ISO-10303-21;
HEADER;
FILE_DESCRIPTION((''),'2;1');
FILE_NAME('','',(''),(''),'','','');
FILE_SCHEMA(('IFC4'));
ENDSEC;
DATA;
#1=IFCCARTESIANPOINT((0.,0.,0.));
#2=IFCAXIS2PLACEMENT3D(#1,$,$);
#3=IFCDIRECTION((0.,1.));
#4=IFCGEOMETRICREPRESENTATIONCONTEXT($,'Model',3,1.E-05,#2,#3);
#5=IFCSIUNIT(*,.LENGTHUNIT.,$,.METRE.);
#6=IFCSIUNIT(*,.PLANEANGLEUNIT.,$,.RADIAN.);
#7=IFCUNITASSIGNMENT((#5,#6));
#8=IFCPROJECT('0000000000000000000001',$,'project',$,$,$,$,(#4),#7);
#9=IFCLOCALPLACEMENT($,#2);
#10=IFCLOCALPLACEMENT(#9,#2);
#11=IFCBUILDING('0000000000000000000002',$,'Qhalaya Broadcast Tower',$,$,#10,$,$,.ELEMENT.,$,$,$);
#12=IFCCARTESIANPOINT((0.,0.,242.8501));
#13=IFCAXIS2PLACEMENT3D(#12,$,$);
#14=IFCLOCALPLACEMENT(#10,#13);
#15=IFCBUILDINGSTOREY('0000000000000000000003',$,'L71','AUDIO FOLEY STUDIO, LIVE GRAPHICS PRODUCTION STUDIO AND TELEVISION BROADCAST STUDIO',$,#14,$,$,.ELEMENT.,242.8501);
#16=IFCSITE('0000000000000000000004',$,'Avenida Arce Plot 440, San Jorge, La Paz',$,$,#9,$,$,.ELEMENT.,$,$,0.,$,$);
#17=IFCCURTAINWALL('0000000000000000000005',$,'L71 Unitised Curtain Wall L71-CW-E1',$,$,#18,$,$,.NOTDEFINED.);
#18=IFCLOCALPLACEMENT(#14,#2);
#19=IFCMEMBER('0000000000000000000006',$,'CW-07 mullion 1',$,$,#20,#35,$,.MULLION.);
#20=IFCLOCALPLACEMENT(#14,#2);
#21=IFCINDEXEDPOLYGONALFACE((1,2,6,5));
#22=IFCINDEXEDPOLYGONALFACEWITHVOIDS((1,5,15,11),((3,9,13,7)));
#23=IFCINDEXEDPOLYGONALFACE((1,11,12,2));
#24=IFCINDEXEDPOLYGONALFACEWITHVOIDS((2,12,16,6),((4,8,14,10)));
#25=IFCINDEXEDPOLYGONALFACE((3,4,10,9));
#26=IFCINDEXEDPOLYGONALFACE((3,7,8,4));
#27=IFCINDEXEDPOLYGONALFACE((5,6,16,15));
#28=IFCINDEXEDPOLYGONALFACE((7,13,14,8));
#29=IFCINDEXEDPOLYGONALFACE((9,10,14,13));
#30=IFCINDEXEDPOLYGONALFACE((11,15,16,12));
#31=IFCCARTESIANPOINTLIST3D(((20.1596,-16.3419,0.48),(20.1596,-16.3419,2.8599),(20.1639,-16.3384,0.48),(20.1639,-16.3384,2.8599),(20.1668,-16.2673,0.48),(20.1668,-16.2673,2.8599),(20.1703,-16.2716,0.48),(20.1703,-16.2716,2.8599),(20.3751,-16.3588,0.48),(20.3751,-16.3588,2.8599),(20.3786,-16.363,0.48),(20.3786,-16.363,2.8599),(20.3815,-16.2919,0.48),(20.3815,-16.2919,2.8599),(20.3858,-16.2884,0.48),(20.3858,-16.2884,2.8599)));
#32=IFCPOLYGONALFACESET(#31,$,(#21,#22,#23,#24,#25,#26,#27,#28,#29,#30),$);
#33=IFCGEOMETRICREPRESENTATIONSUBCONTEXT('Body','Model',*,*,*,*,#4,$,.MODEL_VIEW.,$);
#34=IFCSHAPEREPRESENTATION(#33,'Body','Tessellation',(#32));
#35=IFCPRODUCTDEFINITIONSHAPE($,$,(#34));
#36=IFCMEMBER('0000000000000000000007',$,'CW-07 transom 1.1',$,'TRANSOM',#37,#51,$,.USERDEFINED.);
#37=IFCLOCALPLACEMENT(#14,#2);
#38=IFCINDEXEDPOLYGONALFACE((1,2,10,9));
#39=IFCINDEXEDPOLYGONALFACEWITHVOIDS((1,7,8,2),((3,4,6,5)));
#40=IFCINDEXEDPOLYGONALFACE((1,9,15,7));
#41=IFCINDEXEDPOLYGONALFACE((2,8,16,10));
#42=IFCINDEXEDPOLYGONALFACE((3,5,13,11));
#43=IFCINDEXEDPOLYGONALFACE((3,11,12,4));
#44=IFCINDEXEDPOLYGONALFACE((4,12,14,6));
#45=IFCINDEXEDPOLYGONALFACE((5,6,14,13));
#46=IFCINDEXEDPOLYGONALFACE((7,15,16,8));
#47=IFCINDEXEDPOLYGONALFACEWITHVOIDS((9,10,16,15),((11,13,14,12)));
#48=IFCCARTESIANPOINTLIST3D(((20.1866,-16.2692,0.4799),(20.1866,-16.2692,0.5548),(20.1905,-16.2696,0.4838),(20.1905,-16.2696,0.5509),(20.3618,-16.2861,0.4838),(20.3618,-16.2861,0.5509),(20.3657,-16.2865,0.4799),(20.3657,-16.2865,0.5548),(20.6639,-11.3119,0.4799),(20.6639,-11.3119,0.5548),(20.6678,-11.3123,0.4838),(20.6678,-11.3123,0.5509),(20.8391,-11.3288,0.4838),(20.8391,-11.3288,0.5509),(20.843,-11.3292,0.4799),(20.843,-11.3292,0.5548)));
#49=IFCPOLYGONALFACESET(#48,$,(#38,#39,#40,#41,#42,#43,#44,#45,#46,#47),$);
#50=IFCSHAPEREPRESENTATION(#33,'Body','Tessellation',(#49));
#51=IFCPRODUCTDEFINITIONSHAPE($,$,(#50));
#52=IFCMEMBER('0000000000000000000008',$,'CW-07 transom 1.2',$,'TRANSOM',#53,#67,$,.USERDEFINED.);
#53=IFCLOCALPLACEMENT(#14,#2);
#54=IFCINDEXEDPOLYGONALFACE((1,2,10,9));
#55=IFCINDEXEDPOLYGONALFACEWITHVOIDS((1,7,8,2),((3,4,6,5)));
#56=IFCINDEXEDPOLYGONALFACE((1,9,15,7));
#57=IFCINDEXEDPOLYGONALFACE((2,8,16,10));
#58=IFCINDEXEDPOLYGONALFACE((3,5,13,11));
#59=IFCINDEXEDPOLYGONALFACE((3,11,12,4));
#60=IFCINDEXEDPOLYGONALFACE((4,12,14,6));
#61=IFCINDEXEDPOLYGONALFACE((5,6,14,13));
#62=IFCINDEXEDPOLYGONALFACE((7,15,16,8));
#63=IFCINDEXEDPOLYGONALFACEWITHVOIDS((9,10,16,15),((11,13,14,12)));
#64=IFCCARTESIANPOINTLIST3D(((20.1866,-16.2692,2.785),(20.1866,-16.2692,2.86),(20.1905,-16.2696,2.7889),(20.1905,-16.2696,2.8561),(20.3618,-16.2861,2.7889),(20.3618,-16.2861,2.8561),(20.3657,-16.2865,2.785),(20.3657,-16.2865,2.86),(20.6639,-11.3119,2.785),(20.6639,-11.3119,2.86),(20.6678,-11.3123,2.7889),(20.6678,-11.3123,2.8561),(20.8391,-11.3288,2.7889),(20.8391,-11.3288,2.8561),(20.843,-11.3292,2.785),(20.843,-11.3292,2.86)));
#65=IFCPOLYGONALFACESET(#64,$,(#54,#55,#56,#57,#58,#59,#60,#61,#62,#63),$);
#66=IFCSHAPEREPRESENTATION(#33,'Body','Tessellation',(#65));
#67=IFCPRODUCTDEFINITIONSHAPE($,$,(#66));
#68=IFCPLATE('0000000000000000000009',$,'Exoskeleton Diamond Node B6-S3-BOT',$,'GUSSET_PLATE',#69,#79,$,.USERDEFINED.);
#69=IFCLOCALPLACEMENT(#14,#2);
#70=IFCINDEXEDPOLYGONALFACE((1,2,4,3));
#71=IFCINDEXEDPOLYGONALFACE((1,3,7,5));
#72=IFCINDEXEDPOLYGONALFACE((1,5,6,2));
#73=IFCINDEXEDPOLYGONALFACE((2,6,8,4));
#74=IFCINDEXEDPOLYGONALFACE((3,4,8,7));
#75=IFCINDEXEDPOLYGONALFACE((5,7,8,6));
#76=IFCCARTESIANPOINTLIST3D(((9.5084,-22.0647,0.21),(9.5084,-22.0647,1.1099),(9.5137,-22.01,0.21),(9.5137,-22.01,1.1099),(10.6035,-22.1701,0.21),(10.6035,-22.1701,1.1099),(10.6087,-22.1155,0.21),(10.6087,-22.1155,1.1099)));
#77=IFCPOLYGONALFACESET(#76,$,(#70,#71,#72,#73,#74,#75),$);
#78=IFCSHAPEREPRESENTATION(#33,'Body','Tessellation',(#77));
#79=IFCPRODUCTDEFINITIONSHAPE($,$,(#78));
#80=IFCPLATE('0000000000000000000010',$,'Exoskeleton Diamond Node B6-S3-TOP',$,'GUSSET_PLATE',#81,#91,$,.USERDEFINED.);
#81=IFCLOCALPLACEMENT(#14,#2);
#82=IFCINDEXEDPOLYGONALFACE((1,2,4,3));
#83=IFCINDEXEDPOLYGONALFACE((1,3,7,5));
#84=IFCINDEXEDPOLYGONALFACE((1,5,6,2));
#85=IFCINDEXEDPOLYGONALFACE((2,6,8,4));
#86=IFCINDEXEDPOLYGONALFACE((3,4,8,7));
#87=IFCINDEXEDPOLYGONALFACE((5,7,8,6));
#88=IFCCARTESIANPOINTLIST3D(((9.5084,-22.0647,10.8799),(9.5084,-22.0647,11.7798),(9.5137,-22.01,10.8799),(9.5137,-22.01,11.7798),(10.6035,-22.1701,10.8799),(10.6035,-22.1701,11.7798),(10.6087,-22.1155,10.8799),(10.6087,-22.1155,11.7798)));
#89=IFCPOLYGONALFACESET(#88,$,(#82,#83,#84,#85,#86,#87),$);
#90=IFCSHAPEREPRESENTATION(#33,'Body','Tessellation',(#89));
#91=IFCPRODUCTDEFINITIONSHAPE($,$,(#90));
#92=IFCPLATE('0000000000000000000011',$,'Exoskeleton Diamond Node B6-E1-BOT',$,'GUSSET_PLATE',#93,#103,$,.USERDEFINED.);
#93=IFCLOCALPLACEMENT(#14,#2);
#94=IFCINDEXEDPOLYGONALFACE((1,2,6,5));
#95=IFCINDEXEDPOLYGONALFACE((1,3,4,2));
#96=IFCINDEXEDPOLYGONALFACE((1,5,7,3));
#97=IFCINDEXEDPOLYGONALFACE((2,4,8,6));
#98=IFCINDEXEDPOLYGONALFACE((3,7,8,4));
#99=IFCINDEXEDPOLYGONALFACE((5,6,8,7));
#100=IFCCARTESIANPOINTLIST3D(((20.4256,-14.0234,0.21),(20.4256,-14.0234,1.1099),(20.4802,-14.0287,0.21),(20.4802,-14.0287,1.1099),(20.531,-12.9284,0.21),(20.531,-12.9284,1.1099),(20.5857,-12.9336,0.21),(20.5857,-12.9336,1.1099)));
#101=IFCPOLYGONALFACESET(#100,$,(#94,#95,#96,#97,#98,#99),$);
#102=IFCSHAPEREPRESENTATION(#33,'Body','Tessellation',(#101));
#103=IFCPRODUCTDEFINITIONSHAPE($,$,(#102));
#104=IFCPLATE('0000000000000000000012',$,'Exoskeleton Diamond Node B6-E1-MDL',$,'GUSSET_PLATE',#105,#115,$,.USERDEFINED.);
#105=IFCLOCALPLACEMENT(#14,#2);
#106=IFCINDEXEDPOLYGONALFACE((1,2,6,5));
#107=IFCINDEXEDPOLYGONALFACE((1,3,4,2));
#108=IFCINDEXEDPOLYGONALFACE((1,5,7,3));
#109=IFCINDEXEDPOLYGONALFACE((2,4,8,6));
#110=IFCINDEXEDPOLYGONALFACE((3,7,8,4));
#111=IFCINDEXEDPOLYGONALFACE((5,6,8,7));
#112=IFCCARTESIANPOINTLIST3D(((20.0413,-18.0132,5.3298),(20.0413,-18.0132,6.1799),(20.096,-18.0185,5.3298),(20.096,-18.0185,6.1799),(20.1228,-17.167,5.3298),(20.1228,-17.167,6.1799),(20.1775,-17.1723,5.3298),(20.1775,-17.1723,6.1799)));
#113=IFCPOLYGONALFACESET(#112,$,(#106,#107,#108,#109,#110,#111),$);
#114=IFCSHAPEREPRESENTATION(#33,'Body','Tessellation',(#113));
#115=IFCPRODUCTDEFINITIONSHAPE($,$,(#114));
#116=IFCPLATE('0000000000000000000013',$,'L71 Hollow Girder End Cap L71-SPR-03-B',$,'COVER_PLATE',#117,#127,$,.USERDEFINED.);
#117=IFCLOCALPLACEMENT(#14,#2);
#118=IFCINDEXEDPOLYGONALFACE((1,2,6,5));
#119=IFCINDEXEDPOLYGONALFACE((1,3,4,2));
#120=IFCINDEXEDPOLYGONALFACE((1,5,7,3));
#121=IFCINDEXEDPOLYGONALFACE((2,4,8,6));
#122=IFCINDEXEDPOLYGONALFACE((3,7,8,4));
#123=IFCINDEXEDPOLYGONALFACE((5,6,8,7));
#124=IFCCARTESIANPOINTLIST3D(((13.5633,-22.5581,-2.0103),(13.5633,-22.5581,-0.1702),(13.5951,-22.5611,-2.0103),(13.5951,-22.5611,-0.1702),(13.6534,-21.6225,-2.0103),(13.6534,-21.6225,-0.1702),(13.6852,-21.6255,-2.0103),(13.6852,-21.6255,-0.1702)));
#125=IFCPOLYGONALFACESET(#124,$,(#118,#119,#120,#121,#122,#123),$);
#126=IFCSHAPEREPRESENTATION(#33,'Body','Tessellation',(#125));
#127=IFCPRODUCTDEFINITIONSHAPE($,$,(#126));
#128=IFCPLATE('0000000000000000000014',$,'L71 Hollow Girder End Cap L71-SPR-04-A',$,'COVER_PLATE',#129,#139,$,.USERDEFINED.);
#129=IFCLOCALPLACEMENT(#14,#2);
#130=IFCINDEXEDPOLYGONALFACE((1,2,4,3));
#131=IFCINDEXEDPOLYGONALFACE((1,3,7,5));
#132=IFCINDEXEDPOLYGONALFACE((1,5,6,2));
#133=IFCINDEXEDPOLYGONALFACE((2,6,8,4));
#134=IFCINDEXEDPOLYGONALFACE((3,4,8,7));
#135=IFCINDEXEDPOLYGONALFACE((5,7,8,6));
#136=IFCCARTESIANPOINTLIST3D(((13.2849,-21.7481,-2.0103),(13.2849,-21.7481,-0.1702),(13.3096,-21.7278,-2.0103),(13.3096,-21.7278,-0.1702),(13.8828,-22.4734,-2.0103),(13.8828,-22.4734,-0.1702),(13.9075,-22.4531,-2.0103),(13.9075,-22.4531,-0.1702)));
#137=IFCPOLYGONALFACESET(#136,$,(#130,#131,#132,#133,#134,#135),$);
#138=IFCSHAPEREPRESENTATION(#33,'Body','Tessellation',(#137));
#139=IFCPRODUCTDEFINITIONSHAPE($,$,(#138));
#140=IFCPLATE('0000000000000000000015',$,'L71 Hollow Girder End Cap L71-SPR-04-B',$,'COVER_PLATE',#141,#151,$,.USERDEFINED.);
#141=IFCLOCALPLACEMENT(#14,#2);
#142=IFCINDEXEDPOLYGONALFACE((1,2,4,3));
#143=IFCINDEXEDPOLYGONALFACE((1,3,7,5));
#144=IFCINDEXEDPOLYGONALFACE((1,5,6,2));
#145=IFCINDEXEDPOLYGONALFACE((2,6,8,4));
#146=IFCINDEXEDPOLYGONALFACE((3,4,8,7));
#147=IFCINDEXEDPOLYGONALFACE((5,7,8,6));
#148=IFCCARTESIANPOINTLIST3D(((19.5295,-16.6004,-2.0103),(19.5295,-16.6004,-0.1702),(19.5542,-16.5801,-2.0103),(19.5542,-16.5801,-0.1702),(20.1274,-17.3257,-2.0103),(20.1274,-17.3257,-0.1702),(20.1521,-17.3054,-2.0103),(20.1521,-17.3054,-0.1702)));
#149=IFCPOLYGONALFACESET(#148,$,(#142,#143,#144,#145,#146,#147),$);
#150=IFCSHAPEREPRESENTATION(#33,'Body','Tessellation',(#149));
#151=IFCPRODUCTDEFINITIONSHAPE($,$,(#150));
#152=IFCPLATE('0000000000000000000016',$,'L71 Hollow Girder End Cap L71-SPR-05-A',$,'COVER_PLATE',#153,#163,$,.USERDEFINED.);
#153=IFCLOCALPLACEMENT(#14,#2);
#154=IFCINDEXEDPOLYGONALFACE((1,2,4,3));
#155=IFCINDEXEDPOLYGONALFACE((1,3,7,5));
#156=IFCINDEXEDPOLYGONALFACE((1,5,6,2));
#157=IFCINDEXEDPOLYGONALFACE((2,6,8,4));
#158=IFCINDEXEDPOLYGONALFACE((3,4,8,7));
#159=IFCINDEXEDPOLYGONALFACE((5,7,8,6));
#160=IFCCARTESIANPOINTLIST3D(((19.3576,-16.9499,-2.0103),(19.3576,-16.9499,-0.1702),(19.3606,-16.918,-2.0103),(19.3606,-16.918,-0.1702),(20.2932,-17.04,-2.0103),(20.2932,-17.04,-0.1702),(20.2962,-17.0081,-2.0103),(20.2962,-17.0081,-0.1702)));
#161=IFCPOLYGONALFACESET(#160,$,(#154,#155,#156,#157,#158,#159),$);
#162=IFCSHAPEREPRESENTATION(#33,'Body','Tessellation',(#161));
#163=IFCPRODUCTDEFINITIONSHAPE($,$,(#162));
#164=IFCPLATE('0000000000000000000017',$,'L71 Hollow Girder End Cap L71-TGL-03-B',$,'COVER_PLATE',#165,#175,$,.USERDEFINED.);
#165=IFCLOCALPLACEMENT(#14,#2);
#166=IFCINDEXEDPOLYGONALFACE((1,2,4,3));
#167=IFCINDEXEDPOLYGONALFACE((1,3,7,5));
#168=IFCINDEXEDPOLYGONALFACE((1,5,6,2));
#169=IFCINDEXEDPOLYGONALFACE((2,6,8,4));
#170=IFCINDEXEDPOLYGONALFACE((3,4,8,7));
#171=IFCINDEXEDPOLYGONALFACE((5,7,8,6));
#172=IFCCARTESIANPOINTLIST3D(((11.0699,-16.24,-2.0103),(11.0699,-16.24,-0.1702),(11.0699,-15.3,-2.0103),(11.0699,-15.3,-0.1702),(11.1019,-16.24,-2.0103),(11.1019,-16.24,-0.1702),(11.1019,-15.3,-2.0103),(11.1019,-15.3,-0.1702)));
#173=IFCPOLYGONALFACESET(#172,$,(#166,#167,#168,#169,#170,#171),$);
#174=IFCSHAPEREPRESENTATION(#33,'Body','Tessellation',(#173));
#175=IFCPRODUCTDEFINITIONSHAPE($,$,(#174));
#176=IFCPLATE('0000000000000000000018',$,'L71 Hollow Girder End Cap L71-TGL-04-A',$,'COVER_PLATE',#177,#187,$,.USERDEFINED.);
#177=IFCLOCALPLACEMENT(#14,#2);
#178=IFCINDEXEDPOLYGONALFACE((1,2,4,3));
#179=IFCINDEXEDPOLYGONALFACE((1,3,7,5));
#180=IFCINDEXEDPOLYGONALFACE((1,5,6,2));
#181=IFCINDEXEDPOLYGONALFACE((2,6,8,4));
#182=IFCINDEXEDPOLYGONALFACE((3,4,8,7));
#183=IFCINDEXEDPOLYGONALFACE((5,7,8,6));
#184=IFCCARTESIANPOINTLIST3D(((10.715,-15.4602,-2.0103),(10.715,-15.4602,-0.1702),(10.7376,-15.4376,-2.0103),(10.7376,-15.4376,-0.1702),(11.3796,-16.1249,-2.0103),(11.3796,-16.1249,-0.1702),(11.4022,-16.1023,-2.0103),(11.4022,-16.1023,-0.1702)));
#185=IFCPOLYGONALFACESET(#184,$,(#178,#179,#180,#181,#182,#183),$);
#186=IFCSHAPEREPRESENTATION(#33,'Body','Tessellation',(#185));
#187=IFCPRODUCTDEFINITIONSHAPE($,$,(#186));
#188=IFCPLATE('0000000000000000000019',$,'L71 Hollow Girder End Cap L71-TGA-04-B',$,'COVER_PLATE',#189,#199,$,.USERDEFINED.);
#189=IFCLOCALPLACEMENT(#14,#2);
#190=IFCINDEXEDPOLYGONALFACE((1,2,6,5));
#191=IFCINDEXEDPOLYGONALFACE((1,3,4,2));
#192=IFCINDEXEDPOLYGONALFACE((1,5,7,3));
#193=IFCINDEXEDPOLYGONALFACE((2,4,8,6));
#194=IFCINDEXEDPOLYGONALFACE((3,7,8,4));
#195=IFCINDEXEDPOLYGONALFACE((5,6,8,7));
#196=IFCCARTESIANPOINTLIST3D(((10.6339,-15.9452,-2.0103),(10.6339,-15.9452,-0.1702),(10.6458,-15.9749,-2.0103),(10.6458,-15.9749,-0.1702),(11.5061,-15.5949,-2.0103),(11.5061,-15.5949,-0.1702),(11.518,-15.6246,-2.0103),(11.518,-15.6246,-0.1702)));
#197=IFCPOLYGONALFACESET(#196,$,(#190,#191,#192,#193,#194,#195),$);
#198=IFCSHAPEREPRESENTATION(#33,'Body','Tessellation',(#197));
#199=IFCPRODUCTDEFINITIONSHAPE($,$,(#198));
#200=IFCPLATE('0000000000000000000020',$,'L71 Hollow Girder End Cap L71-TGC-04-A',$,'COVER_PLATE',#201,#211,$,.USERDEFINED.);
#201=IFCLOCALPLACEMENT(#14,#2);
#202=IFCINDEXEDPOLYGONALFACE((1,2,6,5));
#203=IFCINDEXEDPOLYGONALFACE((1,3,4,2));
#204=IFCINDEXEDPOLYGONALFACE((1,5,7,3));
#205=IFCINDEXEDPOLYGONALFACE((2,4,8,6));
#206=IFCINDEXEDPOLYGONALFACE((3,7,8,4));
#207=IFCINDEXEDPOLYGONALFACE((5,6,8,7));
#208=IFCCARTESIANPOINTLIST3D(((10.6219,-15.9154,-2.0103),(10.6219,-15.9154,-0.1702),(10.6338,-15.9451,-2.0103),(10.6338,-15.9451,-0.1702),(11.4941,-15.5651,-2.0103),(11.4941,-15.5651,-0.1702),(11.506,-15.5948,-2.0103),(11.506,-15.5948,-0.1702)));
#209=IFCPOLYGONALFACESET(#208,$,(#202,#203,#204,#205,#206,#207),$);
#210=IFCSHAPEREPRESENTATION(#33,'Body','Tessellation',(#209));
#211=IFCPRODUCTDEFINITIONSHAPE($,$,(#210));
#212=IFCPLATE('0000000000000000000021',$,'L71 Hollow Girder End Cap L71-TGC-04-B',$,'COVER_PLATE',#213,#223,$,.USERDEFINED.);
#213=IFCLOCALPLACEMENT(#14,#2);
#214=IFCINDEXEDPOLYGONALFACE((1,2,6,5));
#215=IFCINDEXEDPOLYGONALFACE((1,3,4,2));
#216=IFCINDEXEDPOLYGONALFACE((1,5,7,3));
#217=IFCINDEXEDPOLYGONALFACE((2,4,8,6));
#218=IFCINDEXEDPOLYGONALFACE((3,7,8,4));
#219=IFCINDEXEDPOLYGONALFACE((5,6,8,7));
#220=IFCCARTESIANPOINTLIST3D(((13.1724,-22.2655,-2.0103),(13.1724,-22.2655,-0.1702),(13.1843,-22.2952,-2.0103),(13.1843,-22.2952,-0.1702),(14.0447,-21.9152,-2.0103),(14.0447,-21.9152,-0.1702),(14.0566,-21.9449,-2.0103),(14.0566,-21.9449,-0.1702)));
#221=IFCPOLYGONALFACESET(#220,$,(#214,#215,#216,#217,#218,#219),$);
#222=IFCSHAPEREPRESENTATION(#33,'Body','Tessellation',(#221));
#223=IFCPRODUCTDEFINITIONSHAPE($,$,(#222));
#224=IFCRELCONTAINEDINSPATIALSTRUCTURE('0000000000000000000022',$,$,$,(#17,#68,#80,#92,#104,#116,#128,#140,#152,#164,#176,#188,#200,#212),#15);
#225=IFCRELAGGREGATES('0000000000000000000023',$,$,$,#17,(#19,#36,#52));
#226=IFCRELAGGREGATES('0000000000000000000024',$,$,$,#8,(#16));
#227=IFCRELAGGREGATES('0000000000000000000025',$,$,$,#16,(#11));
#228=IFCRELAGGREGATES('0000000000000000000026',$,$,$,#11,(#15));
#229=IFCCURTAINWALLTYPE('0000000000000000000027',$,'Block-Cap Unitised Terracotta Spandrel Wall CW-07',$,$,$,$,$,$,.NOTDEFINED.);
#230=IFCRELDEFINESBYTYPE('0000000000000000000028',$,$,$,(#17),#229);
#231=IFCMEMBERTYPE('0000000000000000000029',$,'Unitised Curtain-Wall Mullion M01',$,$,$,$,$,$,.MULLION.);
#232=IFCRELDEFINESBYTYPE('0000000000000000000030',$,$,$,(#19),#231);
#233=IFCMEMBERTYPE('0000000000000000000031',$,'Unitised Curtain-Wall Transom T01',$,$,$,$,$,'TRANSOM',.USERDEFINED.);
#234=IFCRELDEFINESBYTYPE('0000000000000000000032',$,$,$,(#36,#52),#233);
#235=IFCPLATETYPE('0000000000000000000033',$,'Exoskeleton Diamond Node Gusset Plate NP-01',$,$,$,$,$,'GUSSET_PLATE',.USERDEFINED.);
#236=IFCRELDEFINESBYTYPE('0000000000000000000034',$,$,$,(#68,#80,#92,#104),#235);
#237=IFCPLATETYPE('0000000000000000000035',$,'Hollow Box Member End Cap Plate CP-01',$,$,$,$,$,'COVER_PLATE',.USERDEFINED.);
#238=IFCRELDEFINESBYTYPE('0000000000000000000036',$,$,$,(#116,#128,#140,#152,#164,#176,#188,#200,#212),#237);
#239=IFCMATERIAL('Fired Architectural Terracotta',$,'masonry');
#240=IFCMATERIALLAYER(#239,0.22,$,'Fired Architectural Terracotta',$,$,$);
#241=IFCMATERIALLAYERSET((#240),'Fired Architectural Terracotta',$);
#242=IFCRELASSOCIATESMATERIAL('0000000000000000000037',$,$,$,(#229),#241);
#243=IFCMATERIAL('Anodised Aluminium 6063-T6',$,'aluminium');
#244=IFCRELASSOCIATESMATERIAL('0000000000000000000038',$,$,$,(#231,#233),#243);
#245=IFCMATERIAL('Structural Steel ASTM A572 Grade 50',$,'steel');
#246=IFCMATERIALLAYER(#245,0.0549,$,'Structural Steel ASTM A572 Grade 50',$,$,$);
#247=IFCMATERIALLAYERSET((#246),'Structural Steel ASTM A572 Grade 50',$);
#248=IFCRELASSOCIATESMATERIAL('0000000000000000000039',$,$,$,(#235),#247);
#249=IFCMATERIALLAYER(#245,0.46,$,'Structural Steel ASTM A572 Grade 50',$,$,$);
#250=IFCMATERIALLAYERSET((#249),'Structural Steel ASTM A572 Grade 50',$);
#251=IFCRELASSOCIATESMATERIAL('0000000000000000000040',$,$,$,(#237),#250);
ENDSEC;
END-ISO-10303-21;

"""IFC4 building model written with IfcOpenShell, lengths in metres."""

from ifc_helpers import new_model, si_unit, direction, frame, origin, origin_2d, place, context, subcontext, project, spatial, rectangle, hollow_rectangle, extrude, material, layer, layer_set, material_profile, profile_set, type_object, element, aggregate, save


model = new_model("IFC4")

# Units and contexts
model_context = context("Model", 3, precision=1e-05, world=origin(), true_north=direction((0.0, 1.0)))
body_context = subcontext(model_context, "Body", "Model", "MODEL_VIEW")
ifc_project = project(units=[si_unit("LENGTHUNIT", "METRE"), si_unit("PLANEANGLEUNIT", "RADIAN")], contexts=[model_context])

# Site, building, storey
site_placement = place(None, origin())
site = spatial("IfcSite", under=ifc_project, at=site_placement, Name="Avenida Arce Plot 440, San Jorge, La Paz", CompositionType="ELEMENT", RefElevation=0.0)
building_placement = place(site_placement, origin())
building = spatial("IfcBuilding", under=site, at=building_placement, Name="Qhalaya Broadcast Tower", CompositionType="ELEMENT")
storey_placement = place(building_placement, frame((0.0, 0.0, 242.8501)))
storey = spatial("IfcBuildingStorey", under=building, at=storey_placement, Name="L71", Description="AUDIO FOLEY STUDIO, LIVE GRAPHICS PRODUCTION STUDIO AND TELEVISION BROADCAST STUDIO", CompositionType="ELEMENT", Elevation=242.8501)

# Shared definitions
ifc_material_1 = material(Name="Structural Steel ASTM A572 Grade 50", Category="steel")

# Shared definitions
ifc_material_2 = material(Name="Fired Architectural Terracotta", Category="masonry")
ifc_layer_1 = layer(ifc_material_2, 0.22, Name="Fired Architectural Terracotta")
ifc_layer_set_1 = layer_set([ifc_layer_1], Name="Fired Architectural Terracotta")
curtain_wall_type = type_object("IfcCurtainWallType", Name="Block-Cap Unitised Terracotta Spandrel Wall CW-07", PredefinedType="NOTDEFINED", material=ifc_layer_set_1)
ifc_material_3 = material(Name="Anodised Aluminium 6063-T6", Category="aluminium")
ifc_material_profile_1 = material_profile(ifc_material_3, hollow_rectangle(XDim=0.075, YDim=0.22, WallThickness=0.0039, at=origin_2d()), Name="ALU-MUL 75x220x4")
ifc_profile_set_1 = profile_set([ifc_material_profile_1], Name="Anodised Aluminium 6063-T6")
member_type_1 = type_object("IfcMemberType", Name="Unitised Curtain-Wall Mullion M01", PredefinedType="MULLION", material=ifc_profile_set_1)

# Curtain wall, members
curtain_wall_1_placement = place(storey_placement, origin())
curtain_wall_1 = element("IfcCurtainWall", 1, at=curtain_wall_1_placement, inside=storey, type_object=curtain_wall_type, Name="L71 Unitised Curtain Wall L71-CW-E1", PredefinedType="NOTDEFINED")
member_1_placement = place(storey_placement, frame((20.2727, -16.3152, 0.48), z_axis=(0.0, 0.0, 1.0), x_axis=(0.095848, 0.995396, 0.0)))
member_1 = element("IfcMember", 2, at=member_1_placement, type_object=member_type_1, Name="CW-07 mullion 1", PredefinedType="MULLION", context=body_context, shape_type="SweptSolid", body=[
    extrude(hollow_rectangle(XDim=0.075, YDim=0.22, WallThickness=0.0039, at=origin_2d()), origin(), (0.0, 0.0, 1.0), 2.3799),
])
ifc_material_profile_2 = material_profile(ifc_material_3, hollow_rectangle(XDim=0.075, YDim=0.1799, WallThickness=0.0039, at=origin_2d()), Name="ALU-TRN 75x180x4")
ifc_profile_set_2 = profile_set([ifc_material_profile_2], Name="Anodised Aluminium 6063-T6")
member_type_2 = type_object("IfcMemberType", Name="Unitised Curtain-Wall Transom T01", ElementType="TRANSOM", PredefinedType="USERDEFINED", material=ifc_profile_set_2)
member_2_placement = place(storey_placement, frame((20.2761, -16.2778, 0.5173), z_axis=(0.095839, 0.995397, 0.0), x_axis=(0.0, 0.0, 1.0)))
member_2 = element("IfcMember", 3, at=member_2_placement, type_object=member_type_2, Name="CW-07 transom 1.1", ObjectType="TRANSOM", PredefinedType="USERDEFINED", context=body_context, shape_type="SweptSolid", body=[
    extrude(hollow_rectangle(XDim=0.075, YDim=0.1799, WallThickness=0.0039, at=origin_2d()), origin(), (0.0, 0.0, 1.0), 4.9802),
])
member_3_placement = place(storey_placement, frame((20.2761, -16.2778, 2.8225), z_axis=(0.095839, 0.995397, 0.0), x_axis=(0.0, 0.0, 1.0)))
member_3 = element("IfcMember", 4, at=member_3_placement, type_object=member_type_2, Name="CW-07 transom 1.2", ObjectType="TRANSOM", PredefinedType="USERDEFINED", context=body_context, shape_type="SweptSolid", body=[
    extrude(hollow_rectangle(XDim=0.075, YDim=0.1799, WallThickness=0.0039, at=origin_2d()), origin(), (0.0, 0.0, 1.0), 4.9802),
])

# Plates
ifc_layer_2 = layer(ifc_material_1, 0.0549, Name="Structural Steel ASTM A572 Grade 50")
ifc_layer_set_2 = layer_set([ifc_layer_2], Name="Structural Steel ASTM A572 Grade 50")
plate_type_1 = type_object("IfcPlateType", Name="Exoskeleton Diamond Node Gusset Plate NP-01", ElementType="GUSSET_PLATE", PredefinedType="USERDEFINED", material=ifc_layer_set_2)
for number, where, z_axis, x_axis, name in (
    (5, (10.0586, -22.0901, 0.21), (0.0, 0.0, 1.0), (0.995396, -0.095846, 0.0), "Exoskeleton Diamond Node B6-S3-BOT"),
    (6, (10.0586, -22.0901, 10.8799), (0.0, 0.0, 1.0), (0.995396, -0.095846, 0.0), "Exoskeleton Diamond Node B6-S3-TOP"),
    (7, (20.5056, -13.4785, 0.21), (0.0, 0.0, 1.0), (0.095846, 0.995396, 0.0), "Exoskeleton Diamond Node B6-E1-BOT"),
):
    element("IfcPlate", number, at=place(storey_placement, frame(where, z_axis=z_axis, x_axis=x_axis)), inside=storey, type_object=plate_type_1, Name=name, ObjectType="GUSSET_PLATE", PredefinedType="USERDEFINED", context=body_context, shape_type="SweptSolid", body=[
        extrude(rectangle(XDim=1.1001, YDim=0.0549, at=origin_2d()), origin(), (0.0, 0.0, 1.0), 0.8999),
    ])
plate_1_placement = place(storey_placement, frame((20.1094, -17.5928, 5.3298), z_axis=(0.0, 0.0, 1.0), x_axis=(0.095846, 0.995396, 0.0)))
element("IfcPlate", 8, at=plate_1_placement, inside=storey, type_object=plate_type_1, Name="Exoskeleton Diamond Node B6-E1-MDL", ObjectType="GUSSET_PLATE", PredefinedType="USERDEFINED", context=body_context, shape_type="SweptSolid", body=[
    extrude(rectangle(XDim=0.8501, YDim=0.0549, at=origin_2d()), origin(), (0.0, 0.0, 1.0), 0.8501),
])
ifc_layer_3 = layer(ifc_material_1, 0.46, Name="Structural Steel ASTM A572 Grade 50")
ifc_layer_set_3 = layer_set([ifc_layer_3], Name="Structural Steel ASTM A572 Grade 50")
plate_type_2 = type_object("IfcPlateType", Name="Hollow Box Member End Cap Plate CP-01", ElementType="COVER_PLATE", PredefinedType="USERDEFINED", material=ifc_layer_set_3)
for number, where, z_axis, x_axis, name in (
    (9, (13.6243, -22.0918, -2.0103), (0.0, 0.0, 1.0), (0.095846, 0.995396, 0.0), "L71 Hollow Girder End Cap L71-SPR-03-B"),
    (10, (13.5962, -22.1006, -2.0103), (0.0, 0.0, 1.0), (-0.636078, 0.771625, 0.0), "L71 Hollow Girder End Cap L71-SPR-04-A"),
    (11, (19.8408, -16.9529, -2.0103), (0.0, 0.0, 1.0), (-0.636078, 0.771625, 0.0), "L71 Hollow Girder End Cap L71-SPR-04-B"),
    (12, (19.8269, -16.979, -2.0103), (0.0, 0.0, 1.0), (-0.995398, 0.095828, 0.0), "L71 Hollow Girder End Cap L71-SPR-05-A"),
    (13, (11.0859, -15.77, -2.0103), (0.0, 0.0, 1.0), (0.0, 1.0, 0.0), "L71 Hollow Girder End Cap L71-TGL-03-B"),
    (14, (11.0586, -15.7812, -2.0103), (0.0, 0.0, 1.0), (-0.707107, 0.707107, 0.0), "L71 Hollow Girder End Cap L71-TGL-04-A"),
    (15, (11.0759, -15.7849, -2.0103), (0.0, 0.0, 1.0), (0.92796, 0.37268, 0.0), "L71 Hollow Girder End Cap L71-TGA-04-B"),
    (16, (11.064, -15.7551, -2.0103), (0.0, 0.0, 1.0), (0.92796, 0.37268, 0.0), "L71 Hollow Girder End Cap L71-TGC-04-A"),
    (17, (13.6145, -22.1052, -2.0103), (0.0, 0.0, 1.0), (0.92796, 0.37268, 0.0), "L71 Hollow Girder End Cap L71-TGC-04-B"),
):
    element("IfcPlate", number, at=place(storey_placement, frame(where, z_axis=z_axis, x_axis=x_axis)), inside=storey, type_object=plate_type_2, Name=name, ObjectType="COVER_PLATE", PredefinedType="USERDEFINED", context=body_context, shape_type="SweptSolid", body=[
        extrude(rectangle(XDim=0.9399, YDim=0.032, at=origin_2d()), origin(), (0.0, 0.0, 1.0), 1.8401),
    ])

aggregate(curtain_wall_1, [member_1, member_2, member_3])

save(model, "model.ifc")
